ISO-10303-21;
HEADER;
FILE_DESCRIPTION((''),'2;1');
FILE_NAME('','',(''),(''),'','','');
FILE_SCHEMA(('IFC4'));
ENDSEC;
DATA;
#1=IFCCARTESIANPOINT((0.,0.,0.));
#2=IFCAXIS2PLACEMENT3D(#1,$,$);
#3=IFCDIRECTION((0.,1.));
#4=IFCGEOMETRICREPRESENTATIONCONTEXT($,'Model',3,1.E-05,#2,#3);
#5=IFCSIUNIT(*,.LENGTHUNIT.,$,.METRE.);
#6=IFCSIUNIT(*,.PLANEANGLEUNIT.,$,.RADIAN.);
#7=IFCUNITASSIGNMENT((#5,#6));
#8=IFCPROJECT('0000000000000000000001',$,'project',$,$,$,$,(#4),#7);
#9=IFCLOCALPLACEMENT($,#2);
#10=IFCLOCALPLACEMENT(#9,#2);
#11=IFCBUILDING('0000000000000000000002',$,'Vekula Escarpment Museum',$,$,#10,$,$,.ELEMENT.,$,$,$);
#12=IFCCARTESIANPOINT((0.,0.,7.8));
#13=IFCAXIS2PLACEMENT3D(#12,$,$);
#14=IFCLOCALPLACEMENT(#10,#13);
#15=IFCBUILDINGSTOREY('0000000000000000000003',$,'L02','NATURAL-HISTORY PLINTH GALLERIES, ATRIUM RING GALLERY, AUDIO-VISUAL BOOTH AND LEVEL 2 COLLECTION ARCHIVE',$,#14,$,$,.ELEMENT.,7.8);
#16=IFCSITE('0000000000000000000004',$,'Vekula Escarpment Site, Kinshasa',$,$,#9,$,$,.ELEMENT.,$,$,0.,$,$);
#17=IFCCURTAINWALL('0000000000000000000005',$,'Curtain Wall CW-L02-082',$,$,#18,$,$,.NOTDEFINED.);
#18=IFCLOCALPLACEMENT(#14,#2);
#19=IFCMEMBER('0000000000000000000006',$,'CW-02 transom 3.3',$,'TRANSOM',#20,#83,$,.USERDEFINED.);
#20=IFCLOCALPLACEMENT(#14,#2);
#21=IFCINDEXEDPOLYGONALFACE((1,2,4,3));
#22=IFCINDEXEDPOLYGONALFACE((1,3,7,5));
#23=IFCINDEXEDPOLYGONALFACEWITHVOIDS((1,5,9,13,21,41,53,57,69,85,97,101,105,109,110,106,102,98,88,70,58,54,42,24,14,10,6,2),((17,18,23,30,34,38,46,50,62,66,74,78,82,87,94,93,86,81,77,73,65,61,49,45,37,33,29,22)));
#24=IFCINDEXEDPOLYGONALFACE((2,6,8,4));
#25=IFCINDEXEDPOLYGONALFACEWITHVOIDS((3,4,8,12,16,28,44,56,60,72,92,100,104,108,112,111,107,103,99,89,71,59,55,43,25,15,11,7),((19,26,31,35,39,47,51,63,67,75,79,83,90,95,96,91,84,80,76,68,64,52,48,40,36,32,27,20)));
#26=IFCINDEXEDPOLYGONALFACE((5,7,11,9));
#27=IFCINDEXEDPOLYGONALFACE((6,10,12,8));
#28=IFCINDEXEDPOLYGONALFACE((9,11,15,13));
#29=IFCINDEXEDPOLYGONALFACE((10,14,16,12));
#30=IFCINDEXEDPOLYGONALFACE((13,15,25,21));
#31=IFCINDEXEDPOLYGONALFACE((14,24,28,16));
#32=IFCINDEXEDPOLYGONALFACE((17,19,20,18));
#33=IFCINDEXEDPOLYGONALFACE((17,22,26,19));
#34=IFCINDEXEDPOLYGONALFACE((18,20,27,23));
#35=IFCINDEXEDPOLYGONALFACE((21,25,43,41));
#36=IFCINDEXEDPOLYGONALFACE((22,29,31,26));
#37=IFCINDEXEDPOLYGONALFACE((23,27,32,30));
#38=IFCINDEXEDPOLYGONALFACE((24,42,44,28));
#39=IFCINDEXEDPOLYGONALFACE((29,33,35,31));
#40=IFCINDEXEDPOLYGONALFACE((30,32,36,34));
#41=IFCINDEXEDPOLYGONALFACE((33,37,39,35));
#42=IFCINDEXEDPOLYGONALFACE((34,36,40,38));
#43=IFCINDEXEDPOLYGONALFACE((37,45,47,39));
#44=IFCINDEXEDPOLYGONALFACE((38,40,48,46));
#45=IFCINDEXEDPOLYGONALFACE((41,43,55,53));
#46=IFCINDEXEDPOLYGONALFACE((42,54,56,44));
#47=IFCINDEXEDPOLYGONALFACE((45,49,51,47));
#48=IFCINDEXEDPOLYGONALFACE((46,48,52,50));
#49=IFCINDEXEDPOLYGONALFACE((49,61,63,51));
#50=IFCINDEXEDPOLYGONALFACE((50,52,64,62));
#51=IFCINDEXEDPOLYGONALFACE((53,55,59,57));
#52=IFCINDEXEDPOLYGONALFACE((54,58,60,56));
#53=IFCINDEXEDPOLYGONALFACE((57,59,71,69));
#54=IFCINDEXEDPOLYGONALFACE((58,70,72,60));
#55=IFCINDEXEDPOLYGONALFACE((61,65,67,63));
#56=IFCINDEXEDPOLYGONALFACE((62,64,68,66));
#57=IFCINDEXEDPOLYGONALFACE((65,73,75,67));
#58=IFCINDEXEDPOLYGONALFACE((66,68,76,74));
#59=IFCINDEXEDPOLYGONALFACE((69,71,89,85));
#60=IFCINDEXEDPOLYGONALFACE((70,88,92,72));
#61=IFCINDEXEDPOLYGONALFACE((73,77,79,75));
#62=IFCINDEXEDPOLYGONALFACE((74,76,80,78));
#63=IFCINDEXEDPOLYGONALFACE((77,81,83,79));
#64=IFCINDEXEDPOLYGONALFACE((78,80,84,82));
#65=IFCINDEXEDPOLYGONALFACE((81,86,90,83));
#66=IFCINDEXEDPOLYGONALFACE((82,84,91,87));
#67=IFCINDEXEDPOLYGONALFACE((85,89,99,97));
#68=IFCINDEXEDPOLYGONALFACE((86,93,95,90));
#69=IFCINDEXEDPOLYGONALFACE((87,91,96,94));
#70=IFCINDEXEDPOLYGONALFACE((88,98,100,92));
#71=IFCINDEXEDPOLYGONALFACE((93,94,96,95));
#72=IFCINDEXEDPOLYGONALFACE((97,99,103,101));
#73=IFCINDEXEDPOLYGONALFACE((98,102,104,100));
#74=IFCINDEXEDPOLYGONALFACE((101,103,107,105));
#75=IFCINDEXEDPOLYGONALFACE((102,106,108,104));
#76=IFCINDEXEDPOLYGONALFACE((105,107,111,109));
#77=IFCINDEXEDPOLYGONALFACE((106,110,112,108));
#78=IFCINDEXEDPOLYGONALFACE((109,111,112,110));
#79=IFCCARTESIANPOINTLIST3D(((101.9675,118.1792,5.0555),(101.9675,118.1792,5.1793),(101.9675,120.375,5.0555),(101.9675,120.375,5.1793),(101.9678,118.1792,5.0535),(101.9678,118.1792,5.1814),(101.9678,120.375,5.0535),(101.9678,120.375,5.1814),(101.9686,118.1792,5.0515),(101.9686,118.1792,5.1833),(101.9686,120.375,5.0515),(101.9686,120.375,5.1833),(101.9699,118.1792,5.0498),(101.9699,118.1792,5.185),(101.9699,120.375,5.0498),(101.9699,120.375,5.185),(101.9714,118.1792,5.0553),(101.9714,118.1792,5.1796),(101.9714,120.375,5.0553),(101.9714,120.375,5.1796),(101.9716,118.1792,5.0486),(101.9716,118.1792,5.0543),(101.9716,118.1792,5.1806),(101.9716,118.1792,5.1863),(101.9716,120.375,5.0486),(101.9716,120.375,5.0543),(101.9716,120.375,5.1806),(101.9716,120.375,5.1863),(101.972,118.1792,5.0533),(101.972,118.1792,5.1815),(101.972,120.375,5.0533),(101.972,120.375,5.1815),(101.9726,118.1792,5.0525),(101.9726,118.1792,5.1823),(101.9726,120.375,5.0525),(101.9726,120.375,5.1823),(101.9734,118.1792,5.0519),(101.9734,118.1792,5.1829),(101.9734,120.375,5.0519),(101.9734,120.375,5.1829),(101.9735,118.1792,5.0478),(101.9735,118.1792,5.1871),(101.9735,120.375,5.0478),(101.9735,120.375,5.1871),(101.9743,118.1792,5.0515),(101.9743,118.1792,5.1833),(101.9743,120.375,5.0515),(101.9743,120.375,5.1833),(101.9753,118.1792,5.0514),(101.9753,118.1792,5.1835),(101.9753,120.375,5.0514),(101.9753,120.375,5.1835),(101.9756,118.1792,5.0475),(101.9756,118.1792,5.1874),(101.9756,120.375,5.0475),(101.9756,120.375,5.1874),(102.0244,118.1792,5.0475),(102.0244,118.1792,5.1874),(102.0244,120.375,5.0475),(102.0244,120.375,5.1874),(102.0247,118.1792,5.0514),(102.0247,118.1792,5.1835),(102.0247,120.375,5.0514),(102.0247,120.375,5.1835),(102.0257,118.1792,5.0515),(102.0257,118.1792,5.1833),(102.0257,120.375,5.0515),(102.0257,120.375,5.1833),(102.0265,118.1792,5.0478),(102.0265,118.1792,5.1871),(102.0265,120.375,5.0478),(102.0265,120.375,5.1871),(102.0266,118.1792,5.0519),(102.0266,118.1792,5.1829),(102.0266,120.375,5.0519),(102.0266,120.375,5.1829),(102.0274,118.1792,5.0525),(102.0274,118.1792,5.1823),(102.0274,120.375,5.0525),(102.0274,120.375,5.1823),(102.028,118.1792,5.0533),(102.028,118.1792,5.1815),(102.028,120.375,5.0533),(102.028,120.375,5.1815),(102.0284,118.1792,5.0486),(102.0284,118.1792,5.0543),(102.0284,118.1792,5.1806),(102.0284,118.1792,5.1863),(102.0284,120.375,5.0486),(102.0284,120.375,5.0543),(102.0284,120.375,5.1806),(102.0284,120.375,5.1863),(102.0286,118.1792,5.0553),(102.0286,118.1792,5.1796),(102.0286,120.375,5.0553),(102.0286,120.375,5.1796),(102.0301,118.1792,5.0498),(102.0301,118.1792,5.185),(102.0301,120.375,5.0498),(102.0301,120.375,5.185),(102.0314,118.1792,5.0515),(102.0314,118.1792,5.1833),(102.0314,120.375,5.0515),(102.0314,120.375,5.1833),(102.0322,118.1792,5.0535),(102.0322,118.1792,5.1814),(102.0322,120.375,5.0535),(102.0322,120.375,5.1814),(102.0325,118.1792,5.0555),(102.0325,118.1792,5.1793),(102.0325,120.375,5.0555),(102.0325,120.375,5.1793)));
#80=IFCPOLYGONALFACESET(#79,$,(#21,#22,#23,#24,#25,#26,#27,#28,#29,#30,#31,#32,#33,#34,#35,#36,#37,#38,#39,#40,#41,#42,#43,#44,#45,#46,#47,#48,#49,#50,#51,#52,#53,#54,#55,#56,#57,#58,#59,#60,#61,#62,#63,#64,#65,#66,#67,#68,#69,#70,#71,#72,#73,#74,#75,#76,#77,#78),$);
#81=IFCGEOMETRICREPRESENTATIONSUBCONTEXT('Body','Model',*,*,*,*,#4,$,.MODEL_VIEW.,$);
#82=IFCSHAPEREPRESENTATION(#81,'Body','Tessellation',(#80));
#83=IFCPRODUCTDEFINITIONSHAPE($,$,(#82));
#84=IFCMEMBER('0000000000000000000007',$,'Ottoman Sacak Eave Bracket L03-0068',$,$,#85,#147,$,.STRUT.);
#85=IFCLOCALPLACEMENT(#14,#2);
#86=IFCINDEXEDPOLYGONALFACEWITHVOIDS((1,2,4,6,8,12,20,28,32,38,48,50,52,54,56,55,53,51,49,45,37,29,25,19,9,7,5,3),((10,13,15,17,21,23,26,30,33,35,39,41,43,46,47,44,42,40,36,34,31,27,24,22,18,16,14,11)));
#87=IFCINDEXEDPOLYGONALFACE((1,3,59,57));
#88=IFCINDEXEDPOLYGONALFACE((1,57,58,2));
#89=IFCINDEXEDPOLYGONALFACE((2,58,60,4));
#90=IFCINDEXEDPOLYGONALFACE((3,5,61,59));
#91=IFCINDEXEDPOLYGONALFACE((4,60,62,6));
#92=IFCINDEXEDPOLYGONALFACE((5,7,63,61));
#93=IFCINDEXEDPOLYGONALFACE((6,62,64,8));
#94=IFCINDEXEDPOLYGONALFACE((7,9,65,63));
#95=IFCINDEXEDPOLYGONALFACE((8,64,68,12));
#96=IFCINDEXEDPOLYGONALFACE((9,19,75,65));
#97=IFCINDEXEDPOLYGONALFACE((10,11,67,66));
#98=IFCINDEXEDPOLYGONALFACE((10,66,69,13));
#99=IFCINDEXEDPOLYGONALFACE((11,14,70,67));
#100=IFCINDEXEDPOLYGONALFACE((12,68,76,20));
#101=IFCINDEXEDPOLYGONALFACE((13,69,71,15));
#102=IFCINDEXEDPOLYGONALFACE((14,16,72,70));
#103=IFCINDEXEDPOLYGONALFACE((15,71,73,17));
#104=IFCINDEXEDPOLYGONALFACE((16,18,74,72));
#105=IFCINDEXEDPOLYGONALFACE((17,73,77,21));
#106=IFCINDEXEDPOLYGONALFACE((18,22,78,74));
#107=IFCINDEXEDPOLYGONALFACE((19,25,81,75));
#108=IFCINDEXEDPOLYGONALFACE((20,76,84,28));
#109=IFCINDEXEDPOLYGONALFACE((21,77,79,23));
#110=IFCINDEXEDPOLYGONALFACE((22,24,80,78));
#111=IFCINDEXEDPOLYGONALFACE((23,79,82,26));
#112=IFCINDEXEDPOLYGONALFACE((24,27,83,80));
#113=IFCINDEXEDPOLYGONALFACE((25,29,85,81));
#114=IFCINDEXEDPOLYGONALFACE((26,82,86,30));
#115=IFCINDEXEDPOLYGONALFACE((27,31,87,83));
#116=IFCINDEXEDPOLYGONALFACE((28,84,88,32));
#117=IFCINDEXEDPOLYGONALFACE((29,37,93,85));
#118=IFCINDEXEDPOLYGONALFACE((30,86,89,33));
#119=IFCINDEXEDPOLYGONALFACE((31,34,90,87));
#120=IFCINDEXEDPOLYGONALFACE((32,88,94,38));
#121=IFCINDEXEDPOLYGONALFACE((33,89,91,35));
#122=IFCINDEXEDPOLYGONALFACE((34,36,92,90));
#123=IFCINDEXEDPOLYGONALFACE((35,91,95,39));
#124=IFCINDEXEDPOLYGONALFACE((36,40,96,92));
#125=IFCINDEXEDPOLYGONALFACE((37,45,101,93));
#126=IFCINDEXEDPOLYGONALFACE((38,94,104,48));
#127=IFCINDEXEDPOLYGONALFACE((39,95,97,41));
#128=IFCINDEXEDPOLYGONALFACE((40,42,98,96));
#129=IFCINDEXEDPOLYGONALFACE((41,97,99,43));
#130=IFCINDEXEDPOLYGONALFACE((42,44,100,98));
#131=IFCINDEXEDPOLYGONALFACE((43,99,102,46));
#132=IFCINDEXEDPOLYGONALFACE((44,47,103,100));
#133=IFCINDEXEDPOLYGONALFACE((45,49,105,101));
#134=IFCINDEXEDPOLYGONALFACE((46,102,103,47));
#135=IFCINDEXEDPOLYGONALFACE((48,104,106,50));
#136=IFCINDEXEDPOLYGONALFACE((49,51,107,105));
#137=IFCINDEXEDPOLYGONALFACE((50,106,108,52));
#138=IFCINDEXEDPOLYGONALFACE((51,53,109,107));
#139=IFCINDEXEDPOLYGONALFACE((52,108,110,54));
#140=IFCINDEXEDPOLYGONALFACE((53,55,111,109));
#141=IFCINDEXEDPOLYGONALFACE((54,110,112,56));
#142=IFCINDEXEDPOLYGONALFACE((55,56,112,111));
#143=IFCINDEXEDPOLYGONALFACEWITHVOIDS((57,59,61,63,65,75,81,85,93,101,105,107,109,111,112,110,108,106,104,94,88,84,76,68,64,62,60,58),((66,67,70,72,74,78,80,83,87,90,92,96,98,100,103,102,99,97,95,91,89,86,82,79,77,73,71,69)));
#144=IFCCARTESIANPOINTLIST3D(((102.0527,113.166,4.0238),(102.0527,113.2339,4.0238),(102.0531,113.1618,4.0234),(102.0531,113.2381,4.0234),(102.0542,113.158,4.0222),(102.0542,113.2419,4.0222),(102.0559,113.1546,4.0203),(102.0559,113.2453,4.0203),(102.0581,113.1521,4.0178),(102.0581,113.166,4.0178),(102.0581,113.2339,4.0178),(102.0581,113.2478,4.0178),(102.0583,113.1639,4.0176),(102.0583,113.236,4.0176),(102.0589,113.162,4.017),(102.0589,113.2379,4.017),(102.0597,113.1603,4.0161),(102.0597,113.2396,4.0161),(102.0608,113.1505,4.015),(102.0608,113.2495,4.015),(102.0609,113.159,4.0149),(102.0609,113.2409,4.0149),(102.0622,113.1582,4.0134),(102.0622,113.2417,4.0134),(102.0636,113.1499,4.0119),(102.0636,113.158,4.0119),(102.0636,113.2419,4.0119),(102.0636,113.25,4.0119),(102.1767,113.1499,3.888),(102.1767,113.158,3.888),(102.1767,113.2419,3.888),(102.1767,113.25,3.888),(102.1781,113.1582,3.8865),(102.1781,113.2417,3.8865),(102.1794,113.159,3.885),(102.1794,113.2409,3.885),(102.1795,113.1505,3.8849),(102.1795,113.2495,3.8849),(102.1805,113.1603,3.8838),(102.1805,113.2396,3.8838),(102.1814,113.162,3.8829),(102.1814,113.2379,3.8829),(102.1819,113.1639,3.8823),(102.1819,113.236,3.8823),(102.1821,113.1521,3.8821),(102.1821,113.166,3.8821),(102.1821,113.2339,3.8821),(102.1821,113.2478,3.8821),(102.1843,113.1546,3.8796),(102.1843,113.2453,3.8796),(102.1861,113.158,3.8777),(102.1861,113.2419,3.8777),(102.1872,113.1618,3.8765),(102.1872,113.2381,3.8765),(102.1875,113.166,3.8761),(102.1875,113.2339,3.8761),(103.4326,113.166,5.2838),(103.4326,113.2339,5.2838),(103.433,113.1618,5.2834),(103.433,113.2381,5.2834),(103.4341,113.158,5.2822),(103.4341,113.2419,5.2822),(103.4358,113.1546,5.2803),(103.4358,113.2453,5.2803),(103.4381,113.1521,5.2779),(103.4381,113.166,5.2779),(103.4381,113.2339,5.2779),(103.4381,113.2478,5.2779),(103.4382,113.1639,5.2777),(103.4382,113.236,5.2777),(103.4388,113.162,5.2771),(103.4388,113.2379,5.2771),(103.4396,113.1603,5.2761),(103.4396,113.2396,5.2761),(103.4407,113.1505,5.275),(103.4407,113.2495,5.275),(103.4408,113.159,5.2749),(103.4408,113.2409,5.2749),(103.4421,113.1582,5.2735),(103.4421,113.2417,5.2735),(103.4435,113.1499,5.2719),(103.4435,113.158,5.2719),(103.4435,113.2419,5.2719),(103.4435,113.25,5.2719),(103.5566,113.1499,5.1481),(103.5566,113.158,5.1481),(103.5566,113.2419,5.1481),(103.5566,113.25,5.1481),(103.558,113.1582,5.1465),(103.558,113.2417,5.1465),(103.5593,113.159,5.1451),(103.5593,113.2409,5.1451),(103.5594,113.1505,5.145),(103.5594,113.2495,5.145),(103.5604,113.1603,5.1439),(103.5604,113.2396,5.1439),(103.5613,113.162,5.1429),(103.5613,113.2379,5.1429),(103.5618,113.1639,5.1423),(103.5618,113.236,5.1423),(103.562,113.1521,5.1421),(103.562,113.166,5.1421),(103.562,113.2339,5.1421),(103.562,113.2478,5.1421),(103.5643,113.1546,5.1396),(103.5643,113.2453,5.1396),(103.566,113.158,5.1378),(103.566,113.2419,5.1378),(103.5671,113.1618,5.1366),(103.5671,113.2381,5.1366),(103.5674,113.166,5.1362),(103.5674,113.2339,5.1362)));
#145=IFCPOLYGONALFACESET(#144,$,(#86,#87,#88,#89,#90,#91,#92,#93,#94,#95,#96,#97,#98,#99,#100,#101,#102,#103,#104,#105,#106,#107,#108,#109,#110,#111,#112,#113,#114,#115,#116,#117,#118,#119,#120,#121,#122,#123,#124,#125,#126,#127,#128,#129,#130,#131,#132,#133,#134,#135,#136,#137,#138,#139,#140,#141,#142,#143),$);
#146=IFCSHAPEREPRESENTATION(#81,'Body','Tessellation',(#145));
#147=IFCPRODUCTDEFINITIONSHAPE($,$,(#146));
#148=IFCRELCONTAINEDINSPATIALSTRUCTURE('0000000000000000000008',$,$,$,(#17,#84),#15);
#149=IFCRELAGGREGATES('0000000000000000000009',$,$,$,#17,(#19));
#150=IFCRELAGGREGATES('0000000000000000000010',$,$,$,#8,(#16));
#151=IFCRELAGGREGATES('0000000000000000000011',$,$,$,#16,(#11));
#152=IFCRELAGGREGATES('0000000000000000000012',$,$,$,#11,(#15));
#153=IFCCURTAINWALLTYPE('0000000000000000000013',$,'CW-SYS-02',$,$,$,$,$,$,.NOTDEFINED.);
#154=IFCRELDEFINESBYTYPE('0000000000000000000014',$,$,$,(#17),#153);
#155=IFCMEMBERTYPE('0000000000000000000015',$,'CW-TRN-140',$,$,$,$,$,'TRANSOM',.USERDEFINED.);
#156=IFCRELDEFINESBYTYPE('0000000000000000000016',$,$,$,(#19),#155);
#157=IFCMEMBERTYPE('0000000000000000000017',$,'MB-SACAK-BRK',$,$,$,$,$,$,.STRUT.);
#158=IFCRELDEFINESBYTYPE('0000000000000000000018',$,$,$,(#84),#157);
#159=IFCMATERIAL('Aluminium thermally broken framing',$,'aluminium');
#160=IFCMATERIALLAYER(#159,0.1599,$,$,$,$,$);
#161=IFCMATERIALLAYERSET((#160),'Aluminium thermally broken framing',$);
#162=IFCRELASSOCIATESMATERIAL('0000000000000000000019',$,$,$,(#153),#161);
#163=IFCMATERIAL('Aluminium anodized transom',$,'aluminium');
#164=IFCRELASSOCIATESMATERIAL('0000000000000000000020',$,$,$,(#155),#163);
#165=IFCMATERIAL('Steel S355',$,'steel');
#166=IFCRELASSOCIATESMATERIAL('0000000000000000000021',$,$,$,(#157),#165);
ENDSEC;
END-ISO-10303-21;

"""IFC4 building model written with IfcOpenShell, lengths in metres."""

from ifc_helpers import new_model, si_unit, direction, frame, origin, origin_2d, place, context, subcontext, project, spatial, hollow_rectangle, extrude, material, layer, layer_set, material_profile, profile_set, type_object, element, aggregate, save


model = new_model("IFC4")

# Units and contexts
model_context = context("Model", 3, precision=1e-05, world=origin(), true_north=direction((0.0, 1.0)))
body_context = subcontext(model_context, "Body", "Model", "MODEL_VIEW")
ifc_project = project(units=[si_unit("LENGTHUNIT", "METRE"), si_unit("PLANEANGLEUNIT", "RADIAN")], contexts=[model_context])

# Site, building, storey
site_placement = place(None, origin())
site = spatial("IfcSite", under=ifc_project, at=site_placement, Name="Vekula Escarpment Site, Kinshasa", CompositionType="ELEMENT", RefElevation=0.0)
building_placement = place(site_placement, origin())
building = spatial("IfcBuilding", under=site, at=building_placement, Name="Vekula Escarpment Museum", CompositionType="ELEMENT")
storey_placement = place(building_placement, frame((0.0, 0.0, 7.8)))
storey = spatial("IfcBuildingStorey", under=building, at=storey_placement, Name="L02", Description="NATURAL-HISTORY PLINTH GALLERIES, ATRIUM RING GALLERY, AUDIO-VISUAL BOOTH AND LEVEL 2 COLLECTION ARCHIVE", CompositionType="ELEMENT", Elevation=7.8)

# Curtain wall, member
ifc_material_1 = material(Name="Aluminium thermally broken framing", Category="aluminium")
ifc_layer_1 = layer(ifc_material_1, 0.1599)
ifc_layer_set_1 = layer_set([ifc_layer_1], Name="Aluminium thermally broken framing")
curtain_wall_type = type_object("IfcCurtainWallType", Name="CW-SYS-02", PredefinedType="NOTDEFINED", material=ifc_layer_set_1)
curtain_wall_placement = place(storey_placement, origin())
curtain_wall = element("IfcCurtainWall", 1, at=curtain_wall_placement, inside=storey, type_object=curtain_wall_type, Name="Curtain Wall CW-L02-082", PredefinedType="NOTDEFINED")
ifc_material_2 = material(Name="Aluminium anodized transom", Category="aluminium")
ifc_material_profile_1 = material_profile(ifc_material_2, hollow_rectangle(XDim=0.0649, YDim=0.1399, WallThickness=0.0039, InnerFilletRadius=0.0039, OuterFilletRadius=0.0081, at=origin_2d()), Name="ALU 140x65x4")
ifc_profile_set_1 = profile_set([ifc_material_profile_1], Name="Aluminium anodized transom")
member_type_1 = type_object("IfcMemberType", Name="CW-TRN-140", ElementType="TRANSOM", PredefinedType="USERDEFINED", material=ifc_profile_set_1)
member_1_placement = place(storey_placement, frame((102.0, 118.1792, 5.1174), z_axis=(0.0, 1.0, 0.0), x_axis=(-1.0, 0.0, 0.0)))
member_1 = element("IfcMember", 2, at=member_1_placement, type_object=member_type_1, Name="CW-02 transom 3.3", ObjectType="TRANSOM", PredefinedType="USERDEFINED", context=body_context, shape_type="SweptSolid", body=[
    extrude(hollow_rectangle(XDim=0.0649, YDim=0.1399, WallThickness=0.0039, InnerFilletRadius=0.0039, OuterFilletRadius=0.0081, at=origin_2d()), origin(), (0.0, 0.0, 1.0), 2.1958),
])

# Member
ifc_material_3 = material(Name="Steel S355", Category="steel")
ifc_material_profile_2 = material_profile(ifc_material_3, hollow_rectangle(XDim=0.1001, YDim=0.2, WallThickness=0.0081, InnerFilletRadius=0.0081, OuterFilletRadius=0.0161, at=origin_2d()), Name="RHS 200x100x8")
ifc_profile_set_2 = profile_set([ifc_material_profile_2], Name="Steel S355")
member_type_2 = type_object("IfcMemberType", Name="MB-SACAK-BRK", PredefinedType="STRUT", material=ifc_profile_set_2)
for number, where, z_axis, x_axis, name in (
    (3, (102.1201, 113.2, 3.95), (0.738454, 0.0, 0.674303), (0.0, 1.0, 0.0), "Ottoman Sacak Eave Bracket L03-0068"),
):
    element("IfcMember", number, at=place(storey_placement, frame(where, z_axis=z_axis, x_axis=x_axis)), inside=storey, type_object=member_type_2, Name=name, PredefinedType="STRUT", context=body_context, shape_type="SweptSolid", body=[
        extrude(hollow_rectangle(XDim=0.1001, YDim=0.2, WallThickness=0.0081, InnerFilletRadius=0.0081, OuterFilletRadius=0.0161, at=origin_2d()), origin(), (0.0, 0.0, 1.0), 1.8687),
    ])

aggregate(curtain_wall, [member_1])

save(model, "model.ifc")
